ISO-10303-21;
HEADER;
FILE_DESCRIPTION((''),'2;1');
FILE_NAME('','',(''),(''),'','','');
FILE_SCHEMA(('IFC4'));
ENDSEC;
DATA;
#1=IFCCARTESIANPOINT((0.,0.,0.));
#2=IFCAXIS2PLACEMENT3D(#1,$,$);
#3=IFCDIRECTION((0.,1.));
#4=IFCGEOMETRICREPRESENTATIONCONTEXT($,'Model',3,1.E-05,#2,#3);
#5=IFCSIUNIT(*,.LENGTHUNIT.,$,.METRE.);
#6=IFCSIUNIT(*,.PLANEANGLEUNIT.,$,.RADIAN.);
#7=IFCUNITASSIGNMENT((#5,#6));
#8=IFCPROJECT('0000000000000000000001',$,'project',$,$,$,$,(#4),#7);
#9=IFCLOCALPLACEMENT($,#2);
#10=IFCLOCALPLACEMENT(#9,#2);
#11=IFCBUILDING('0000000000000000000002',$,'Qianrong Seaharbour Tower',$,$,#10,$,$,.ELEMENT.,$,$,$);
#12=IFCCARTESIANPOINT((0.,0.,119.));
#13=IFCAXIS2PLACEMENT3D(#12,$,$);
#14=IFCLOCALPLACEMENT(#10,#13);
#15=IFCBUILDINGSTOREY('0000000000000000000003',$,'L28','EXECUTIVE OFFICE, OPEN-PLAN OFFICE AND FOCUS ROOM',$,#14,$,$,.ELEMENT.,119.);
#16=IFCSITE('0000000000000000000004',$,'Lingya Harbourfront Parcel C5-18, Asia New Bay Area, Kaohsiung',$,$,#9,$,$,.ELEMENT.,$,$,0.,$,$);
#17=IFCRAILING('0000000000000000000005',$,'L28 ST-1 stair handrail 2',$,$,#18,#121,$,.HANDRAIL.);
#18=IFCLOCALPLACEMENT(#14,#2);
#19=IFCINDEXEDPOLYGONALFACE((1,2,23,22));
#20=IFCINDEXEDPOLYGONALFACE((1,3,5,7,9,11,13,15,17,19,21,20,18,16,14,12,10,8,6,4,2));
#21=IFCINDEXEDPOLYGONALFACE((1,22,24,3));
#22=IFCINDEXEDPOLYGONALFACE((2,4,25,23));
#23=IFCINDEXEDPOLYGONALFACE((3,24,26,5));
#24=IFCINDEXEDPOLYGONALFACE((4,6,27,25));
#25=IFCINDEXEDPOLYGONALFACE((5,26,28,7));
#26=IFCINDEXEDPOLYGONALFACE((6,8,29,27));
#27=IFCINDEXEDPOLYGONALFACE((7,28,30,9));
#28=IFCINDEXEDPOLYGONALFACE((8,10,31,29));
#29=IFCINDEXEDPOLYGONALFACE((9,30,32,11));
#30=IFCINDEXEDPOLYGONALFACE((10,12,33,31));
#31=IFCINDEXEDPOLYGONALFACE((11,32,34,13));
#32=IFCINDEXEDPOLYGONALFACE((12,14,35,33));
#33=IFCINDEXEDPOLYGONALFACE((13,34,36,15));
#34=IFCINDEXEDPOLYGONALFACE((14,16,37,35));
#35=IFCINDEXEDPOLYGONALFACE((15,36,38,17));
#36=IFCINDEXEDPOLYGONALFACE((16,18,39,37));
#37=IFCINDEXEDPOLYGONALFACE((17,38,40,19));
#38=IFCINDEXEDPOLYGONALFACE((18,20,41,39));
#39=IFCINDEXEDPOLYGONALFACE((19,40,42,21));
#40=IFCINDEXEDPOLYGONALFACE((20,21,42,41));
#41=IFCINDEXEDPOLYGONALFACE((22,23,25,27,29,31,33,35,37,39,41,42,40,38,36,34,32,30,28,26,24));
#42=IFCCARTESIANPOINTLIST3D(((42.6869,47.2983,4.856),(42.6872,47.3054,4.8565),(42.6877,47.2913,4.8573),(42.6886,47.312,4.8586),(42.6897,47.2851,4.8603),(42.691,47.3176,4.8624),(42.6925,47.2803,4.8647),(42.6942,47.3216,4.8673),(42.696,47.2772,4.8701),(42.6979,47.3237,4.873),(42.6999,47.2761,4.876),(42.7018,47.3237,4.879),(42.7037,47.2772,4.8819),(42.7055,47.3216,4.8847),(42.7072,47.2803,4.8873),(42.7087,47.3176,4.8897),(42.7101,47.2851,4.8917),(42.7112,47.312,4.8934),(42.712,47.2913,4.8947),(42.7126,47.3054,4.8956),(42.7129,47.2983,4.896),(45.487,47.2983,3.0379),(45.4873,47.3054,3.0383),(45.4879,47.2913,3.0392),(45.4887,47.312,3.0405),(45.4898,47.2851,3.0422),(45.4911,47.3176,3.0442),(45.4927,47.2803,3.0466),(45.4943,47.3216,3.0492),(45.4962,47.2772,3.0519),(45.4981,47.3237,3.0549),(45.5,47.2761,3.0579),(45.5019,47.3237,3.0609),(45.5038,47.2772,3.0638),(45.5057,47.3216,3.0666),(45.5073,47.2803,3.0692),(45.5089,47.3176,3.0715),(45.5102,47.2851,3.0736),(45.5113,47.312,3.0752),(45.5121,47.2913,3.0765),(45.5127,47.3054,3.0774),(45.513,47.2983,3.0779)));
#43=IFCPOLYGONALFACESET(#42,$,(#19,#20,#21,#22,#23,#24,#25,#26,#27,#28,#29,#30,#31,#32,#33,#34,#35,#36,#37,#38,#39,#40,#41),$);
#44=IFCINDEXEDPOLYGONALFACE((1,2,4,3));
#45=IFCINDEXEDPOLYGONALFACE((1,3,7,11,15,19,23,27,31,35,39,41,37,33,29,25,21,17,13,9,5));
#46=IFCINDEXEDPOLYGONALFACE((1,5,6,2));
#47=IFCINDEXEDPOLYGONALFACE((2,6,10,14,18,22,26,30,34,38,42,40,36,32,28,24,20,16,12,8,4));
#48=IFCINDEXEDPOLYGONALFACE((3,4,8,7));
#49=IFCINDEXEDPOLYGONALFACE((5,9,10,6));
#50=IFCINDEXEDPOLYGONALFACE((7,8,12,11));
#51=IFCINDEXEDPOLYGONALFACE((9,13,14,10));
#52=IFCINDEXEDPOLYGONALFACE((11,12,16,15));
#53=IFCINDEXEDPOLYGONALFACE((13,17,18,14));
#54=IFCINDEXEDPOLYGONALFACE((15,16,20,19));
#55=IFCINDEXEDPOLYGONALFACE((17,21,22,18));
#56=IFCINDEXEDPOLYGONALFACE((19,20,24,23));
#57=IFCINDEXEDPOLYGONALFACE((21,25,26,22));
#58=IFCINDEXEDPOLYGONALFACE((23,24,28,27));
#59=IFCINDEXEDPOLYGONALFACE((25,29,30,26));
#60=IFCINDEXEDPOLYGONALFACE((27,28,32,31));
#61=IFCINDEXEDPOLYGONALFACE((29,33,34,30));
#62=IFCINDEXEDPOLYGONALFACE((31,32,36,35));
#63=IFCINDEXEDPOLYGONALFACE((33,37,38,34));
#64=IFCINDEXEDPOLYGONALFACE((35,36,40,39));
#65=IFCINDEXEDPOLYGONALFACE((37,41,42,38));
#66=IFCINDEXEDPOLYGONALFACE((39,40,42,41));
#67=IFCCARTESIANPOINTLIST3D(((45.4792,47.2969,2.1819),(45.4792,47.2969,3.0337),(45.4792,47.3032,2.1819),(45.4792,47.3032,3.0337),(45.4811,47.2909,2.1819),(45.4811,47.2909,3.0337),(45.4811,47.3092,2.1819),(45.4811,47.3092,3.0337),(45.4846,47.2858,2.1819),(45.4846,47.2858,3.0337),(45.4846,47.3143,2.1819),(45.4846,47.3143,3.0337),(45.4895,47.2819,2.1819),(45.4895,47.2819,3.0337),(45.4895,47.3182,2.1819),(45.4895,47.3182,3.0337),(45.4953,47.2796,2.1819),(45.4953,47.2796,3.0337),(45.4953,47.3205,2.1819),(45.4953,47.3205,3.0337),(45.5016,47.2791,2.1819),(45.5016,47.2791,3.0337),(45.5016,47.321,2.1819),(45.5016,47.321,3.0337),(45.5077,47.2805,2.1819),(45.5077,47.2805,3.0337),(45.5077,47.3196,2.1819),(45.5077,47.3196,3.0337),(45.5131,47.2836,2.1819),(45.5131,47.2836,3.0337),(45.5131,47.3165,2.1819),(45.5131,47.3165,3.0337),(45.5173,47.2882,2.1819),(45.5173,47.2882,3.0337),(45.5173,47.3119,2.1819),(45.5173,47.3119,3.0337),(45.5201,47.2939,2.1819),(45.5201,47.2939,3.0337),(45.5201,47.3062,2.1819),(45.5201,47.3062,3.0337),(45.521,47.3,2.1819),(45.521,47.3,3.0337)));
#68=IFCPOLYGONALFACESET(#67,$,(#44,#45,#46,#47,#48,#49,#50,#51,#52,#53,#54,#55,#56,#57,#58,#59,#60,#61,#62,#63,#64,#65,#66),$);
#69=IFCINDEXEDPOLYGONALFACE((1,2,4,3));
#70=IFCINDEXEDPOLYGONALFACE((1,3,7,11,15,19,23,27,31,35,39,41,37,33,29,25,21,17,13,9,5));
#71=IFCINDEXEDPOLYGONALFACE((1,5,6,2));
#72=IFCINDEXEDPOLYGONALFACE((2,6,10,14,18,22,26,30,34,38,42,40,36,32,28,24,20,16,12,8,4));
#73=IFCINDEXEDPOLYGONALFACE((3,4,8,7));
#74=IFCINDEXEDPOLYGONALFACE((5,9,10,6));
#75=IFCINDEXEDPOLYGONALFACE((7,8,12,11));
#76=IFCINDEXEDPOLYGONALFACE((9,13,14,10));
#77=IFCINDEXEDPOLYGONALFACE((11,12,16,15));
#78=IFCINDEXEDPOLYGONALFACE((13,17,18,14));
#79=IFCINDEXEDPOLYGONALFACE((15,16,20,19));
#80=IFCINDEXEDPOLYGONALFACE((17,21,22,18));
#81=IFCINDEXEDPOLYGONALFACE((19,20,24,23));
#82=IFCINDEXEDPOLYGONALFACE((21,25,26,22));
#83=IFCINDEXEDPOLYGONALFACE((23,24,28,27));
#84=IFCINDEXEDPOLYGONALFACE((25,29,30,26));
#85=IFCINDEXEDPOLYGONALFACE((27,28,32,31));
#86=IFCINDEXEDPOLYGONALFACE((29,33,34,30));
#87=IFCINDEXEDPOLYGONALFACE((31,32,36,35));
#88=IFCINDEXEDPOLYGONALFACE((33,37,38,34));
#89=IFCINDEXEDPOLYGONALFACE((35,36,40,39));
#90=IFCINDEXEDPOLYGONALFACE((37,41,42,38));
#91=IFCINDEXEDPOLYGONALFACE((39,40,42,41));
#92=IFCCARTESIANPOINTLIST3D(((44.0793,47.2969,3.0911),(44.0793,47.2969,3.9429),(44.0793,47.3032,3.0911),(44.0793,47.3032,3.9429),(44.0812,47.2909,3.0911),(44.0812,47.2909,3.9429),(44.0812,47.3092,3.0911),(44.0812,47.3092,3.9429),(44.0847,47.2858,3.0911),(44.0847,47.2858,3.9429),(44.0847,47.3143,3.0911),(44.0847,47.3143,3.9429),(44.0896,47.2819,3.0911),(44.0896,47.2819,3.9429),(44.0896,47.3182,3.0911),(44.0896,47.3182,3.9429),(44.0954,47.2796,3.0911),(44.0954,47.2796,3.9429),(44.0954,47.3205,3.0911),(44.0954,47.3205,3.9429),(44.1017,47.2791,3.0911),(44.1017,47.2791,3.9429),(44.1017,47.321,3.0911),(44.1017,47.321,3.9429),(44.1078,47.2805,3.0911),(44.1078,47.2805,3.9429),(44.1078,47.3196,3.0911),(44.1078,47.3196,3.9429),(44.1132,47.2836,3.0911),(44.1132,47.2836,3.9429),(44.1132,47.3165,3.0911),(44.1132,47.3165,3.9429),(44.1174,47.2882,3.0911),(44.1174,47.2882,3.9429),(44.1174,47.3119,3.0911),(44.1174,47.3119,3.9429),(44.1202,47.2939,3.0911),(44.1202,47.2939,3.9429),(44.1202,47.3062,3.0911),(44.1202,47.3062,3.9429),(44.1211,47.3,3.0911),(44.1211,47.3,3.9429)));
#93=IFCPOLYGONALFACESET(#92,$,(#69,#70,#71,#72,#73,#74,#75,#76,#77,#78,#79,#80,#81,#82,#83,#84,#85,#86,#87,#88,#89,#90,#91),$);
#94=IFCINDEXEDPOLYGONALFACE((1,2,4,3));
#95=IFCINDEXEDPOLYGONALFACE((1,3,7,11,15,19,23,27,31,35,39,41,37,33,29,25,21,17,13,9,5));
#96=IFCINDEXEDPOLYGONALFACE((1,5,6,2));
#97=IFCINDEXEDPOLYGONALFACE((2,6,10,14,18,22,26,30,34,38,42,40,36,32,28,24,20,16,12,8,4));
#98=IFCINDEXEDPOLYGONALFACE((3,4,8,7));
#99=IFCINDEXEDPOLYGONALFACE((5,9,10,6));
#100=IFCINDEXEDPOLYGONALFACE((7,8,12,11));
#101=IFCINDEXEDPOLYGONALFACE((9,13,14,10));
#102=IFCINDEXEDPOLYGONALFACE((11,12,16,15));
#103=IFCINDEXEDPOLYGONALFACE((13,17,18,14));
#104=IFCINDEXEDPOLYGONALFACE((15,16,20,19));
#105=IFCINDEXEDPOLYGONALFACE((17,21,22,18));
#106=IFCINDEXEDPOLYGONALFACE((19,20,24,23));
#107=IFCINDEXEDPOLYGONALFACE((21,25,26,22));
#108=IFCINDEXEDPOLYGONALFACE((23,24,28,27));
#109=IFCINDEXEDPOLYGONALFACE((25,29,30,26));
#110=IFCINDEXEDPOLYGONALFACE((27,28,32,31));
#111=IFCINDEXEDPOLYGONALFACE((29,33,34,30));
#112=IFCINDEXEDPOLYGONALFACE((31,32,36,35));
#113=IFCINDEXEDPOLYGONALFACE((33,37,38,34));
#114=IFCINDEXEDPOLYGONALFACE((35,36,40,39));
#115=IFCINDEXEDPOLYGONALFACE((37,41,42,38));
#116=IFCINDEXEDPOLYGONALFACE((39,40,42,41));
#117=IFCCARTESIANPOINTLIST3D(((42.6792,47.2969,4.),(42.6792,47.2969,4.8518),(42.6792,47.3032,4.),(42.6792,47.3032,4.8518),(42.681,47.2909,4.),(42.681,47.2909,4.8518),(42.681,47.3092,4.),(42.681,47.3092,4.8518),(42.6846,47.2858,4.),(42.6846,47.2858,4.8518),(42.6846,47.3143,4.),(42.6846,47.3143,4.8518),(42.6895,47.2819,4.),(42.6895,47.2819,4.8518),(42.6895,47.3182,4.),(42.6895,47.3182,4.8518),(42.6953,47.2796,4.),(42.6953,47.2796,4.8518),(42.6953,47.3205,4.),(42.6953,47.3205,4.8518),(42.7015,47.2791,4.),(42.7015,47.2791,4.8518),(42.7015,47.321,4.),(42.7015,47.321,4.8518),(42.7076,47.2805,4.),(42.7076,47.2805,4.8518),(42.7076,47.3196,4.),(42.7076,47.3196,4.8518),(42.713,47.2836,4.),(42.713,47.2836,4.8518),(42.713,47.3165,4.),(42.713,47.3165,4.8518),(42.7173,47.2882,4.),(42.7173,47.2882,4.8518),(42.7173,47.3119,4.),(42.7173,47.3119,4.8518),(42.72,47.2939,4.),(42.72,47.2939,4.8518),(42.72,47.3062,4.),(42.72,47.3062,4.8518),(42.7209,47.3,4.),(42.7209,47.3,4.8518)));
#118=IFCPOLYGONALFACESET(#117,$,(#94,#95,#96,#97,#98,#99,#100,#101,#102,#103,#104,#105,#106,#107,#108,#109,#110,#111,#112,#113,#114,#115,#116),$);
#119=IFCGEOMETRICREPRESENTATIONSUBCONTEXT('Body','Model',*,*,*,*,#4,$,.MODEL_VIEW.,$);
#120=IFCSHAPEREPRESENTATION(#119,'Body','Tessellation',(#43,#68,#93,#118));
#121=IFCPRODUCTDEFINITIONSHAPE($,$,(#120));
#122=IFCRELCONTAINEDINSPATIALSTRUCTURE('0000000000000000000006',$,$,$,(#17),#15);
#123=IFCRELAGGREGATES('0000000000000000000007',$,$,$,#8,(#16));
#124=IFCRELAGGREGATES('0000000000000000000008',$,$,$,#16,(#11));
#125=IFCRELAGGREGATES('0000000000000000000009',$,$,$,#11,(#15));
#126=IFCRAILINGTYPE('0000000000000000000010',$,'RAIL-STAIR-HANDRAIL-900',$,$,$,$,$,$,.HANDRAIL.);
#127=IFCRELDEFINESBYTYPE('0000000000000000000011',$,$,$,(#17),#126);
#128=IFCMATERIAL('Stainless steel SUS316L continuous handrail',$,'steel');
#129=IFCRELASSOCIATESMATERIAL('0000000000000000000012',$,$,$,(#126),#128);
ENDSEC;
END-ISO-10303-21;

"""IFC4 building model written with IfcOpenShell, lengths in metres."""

from ifc_helpers import new_model, si_unit, direction, frame, origin, origin_2d, place, context, subcontext, project, spatial, circle, extrude, material, type_object, element, save


model = new_model("IFC4")

# Units and contexts
model_context = context("Model", 3, precision=1e-05, world=origin(), true_north=direction((0.0, 1.0)))
body_context = subcontext(model_context, "Body", "Model", "MODEL_VIEW")
ifc_project = project(units=[si_unit("LENGTHUNIT", "METRE"), si_unit("PLANEANGLEUNIT", "RADIAN")], contexts=[model_context])

# Site, building, storey
site_placement = place(None, origin())
site = spatial("IfcSite", under=ifc_project, at=site_placement, Name="Lingya Harbourfront Parcel C5-18, Asia New Bay Area, Kaohsiung", CompositionType="ELEMENT", RefElevation=0.0)
building_placement = place(site_placement, origin())
building = spatial("IfcBuilding", under=site, at=building_placement, Name="Qianrong Seaharbour Tower", CompositionType="ELEMENT")
storey_placement = place(building_placement, frame((0.0, 0.0, 119.0)))
storey = spatial("IfcBuildingStorey", under=building, at=storey_placement, Name="L28", Description="EXECUTIVE OFFICE, OPEN-PLAN OFFICE AND FOCUS ROOM", CompositionType="ELEMENT", Elevation=119.0)

# Railing
ifc_material_1 = material(Name="Stainless steel SUS316L continuous handrail", Category="steel")
railing_type_1 = type_object("IfcRailingType", Name="RAIL-STAIR-HANDRAIL-900", PredefinedType="HANDRAIL", material=ifc_material_1)
railing_1_placement = place(storey_placement, frame((45.5, 47.3, 2.1819)))
element("IfcRailing", 1, at=railing_1_placement, inside=storey, type_object=railing_type_1, Name="L28 ST-1 stair handrail 2", PredefinedType="HANDRAIL", context=body_context, shape_type="SweptSolid", body=[
    extrude(circle(Radius=0.0239, at=origin_2d()), frame((0.0, 0.0, 0.876), z_axis=(-0.838706, 0.0, 0.544585), x_axis=(0.0, -1.0, 0.0)), (0.0, 0.0, 1.0), 3.3386),
    extrude(circle(Radius=0.021, at=origin_2d()), origin(), (0.0, 0.0, 1.0), 0.8518),
    extrude(circle(Radius=0.021, at=origin_2d()), frame((-1.3999, 0.0, 0.9092)), (0.0, 0.0, 1.0), 0.8518),
    extrude(circle(Radius=0.021, at=origin_2d()), frame((-2.8, 0.0, 1.8181)), (0.0, 0.0, 1.0), 0.8518),
])

save(model, "model.ifc")
